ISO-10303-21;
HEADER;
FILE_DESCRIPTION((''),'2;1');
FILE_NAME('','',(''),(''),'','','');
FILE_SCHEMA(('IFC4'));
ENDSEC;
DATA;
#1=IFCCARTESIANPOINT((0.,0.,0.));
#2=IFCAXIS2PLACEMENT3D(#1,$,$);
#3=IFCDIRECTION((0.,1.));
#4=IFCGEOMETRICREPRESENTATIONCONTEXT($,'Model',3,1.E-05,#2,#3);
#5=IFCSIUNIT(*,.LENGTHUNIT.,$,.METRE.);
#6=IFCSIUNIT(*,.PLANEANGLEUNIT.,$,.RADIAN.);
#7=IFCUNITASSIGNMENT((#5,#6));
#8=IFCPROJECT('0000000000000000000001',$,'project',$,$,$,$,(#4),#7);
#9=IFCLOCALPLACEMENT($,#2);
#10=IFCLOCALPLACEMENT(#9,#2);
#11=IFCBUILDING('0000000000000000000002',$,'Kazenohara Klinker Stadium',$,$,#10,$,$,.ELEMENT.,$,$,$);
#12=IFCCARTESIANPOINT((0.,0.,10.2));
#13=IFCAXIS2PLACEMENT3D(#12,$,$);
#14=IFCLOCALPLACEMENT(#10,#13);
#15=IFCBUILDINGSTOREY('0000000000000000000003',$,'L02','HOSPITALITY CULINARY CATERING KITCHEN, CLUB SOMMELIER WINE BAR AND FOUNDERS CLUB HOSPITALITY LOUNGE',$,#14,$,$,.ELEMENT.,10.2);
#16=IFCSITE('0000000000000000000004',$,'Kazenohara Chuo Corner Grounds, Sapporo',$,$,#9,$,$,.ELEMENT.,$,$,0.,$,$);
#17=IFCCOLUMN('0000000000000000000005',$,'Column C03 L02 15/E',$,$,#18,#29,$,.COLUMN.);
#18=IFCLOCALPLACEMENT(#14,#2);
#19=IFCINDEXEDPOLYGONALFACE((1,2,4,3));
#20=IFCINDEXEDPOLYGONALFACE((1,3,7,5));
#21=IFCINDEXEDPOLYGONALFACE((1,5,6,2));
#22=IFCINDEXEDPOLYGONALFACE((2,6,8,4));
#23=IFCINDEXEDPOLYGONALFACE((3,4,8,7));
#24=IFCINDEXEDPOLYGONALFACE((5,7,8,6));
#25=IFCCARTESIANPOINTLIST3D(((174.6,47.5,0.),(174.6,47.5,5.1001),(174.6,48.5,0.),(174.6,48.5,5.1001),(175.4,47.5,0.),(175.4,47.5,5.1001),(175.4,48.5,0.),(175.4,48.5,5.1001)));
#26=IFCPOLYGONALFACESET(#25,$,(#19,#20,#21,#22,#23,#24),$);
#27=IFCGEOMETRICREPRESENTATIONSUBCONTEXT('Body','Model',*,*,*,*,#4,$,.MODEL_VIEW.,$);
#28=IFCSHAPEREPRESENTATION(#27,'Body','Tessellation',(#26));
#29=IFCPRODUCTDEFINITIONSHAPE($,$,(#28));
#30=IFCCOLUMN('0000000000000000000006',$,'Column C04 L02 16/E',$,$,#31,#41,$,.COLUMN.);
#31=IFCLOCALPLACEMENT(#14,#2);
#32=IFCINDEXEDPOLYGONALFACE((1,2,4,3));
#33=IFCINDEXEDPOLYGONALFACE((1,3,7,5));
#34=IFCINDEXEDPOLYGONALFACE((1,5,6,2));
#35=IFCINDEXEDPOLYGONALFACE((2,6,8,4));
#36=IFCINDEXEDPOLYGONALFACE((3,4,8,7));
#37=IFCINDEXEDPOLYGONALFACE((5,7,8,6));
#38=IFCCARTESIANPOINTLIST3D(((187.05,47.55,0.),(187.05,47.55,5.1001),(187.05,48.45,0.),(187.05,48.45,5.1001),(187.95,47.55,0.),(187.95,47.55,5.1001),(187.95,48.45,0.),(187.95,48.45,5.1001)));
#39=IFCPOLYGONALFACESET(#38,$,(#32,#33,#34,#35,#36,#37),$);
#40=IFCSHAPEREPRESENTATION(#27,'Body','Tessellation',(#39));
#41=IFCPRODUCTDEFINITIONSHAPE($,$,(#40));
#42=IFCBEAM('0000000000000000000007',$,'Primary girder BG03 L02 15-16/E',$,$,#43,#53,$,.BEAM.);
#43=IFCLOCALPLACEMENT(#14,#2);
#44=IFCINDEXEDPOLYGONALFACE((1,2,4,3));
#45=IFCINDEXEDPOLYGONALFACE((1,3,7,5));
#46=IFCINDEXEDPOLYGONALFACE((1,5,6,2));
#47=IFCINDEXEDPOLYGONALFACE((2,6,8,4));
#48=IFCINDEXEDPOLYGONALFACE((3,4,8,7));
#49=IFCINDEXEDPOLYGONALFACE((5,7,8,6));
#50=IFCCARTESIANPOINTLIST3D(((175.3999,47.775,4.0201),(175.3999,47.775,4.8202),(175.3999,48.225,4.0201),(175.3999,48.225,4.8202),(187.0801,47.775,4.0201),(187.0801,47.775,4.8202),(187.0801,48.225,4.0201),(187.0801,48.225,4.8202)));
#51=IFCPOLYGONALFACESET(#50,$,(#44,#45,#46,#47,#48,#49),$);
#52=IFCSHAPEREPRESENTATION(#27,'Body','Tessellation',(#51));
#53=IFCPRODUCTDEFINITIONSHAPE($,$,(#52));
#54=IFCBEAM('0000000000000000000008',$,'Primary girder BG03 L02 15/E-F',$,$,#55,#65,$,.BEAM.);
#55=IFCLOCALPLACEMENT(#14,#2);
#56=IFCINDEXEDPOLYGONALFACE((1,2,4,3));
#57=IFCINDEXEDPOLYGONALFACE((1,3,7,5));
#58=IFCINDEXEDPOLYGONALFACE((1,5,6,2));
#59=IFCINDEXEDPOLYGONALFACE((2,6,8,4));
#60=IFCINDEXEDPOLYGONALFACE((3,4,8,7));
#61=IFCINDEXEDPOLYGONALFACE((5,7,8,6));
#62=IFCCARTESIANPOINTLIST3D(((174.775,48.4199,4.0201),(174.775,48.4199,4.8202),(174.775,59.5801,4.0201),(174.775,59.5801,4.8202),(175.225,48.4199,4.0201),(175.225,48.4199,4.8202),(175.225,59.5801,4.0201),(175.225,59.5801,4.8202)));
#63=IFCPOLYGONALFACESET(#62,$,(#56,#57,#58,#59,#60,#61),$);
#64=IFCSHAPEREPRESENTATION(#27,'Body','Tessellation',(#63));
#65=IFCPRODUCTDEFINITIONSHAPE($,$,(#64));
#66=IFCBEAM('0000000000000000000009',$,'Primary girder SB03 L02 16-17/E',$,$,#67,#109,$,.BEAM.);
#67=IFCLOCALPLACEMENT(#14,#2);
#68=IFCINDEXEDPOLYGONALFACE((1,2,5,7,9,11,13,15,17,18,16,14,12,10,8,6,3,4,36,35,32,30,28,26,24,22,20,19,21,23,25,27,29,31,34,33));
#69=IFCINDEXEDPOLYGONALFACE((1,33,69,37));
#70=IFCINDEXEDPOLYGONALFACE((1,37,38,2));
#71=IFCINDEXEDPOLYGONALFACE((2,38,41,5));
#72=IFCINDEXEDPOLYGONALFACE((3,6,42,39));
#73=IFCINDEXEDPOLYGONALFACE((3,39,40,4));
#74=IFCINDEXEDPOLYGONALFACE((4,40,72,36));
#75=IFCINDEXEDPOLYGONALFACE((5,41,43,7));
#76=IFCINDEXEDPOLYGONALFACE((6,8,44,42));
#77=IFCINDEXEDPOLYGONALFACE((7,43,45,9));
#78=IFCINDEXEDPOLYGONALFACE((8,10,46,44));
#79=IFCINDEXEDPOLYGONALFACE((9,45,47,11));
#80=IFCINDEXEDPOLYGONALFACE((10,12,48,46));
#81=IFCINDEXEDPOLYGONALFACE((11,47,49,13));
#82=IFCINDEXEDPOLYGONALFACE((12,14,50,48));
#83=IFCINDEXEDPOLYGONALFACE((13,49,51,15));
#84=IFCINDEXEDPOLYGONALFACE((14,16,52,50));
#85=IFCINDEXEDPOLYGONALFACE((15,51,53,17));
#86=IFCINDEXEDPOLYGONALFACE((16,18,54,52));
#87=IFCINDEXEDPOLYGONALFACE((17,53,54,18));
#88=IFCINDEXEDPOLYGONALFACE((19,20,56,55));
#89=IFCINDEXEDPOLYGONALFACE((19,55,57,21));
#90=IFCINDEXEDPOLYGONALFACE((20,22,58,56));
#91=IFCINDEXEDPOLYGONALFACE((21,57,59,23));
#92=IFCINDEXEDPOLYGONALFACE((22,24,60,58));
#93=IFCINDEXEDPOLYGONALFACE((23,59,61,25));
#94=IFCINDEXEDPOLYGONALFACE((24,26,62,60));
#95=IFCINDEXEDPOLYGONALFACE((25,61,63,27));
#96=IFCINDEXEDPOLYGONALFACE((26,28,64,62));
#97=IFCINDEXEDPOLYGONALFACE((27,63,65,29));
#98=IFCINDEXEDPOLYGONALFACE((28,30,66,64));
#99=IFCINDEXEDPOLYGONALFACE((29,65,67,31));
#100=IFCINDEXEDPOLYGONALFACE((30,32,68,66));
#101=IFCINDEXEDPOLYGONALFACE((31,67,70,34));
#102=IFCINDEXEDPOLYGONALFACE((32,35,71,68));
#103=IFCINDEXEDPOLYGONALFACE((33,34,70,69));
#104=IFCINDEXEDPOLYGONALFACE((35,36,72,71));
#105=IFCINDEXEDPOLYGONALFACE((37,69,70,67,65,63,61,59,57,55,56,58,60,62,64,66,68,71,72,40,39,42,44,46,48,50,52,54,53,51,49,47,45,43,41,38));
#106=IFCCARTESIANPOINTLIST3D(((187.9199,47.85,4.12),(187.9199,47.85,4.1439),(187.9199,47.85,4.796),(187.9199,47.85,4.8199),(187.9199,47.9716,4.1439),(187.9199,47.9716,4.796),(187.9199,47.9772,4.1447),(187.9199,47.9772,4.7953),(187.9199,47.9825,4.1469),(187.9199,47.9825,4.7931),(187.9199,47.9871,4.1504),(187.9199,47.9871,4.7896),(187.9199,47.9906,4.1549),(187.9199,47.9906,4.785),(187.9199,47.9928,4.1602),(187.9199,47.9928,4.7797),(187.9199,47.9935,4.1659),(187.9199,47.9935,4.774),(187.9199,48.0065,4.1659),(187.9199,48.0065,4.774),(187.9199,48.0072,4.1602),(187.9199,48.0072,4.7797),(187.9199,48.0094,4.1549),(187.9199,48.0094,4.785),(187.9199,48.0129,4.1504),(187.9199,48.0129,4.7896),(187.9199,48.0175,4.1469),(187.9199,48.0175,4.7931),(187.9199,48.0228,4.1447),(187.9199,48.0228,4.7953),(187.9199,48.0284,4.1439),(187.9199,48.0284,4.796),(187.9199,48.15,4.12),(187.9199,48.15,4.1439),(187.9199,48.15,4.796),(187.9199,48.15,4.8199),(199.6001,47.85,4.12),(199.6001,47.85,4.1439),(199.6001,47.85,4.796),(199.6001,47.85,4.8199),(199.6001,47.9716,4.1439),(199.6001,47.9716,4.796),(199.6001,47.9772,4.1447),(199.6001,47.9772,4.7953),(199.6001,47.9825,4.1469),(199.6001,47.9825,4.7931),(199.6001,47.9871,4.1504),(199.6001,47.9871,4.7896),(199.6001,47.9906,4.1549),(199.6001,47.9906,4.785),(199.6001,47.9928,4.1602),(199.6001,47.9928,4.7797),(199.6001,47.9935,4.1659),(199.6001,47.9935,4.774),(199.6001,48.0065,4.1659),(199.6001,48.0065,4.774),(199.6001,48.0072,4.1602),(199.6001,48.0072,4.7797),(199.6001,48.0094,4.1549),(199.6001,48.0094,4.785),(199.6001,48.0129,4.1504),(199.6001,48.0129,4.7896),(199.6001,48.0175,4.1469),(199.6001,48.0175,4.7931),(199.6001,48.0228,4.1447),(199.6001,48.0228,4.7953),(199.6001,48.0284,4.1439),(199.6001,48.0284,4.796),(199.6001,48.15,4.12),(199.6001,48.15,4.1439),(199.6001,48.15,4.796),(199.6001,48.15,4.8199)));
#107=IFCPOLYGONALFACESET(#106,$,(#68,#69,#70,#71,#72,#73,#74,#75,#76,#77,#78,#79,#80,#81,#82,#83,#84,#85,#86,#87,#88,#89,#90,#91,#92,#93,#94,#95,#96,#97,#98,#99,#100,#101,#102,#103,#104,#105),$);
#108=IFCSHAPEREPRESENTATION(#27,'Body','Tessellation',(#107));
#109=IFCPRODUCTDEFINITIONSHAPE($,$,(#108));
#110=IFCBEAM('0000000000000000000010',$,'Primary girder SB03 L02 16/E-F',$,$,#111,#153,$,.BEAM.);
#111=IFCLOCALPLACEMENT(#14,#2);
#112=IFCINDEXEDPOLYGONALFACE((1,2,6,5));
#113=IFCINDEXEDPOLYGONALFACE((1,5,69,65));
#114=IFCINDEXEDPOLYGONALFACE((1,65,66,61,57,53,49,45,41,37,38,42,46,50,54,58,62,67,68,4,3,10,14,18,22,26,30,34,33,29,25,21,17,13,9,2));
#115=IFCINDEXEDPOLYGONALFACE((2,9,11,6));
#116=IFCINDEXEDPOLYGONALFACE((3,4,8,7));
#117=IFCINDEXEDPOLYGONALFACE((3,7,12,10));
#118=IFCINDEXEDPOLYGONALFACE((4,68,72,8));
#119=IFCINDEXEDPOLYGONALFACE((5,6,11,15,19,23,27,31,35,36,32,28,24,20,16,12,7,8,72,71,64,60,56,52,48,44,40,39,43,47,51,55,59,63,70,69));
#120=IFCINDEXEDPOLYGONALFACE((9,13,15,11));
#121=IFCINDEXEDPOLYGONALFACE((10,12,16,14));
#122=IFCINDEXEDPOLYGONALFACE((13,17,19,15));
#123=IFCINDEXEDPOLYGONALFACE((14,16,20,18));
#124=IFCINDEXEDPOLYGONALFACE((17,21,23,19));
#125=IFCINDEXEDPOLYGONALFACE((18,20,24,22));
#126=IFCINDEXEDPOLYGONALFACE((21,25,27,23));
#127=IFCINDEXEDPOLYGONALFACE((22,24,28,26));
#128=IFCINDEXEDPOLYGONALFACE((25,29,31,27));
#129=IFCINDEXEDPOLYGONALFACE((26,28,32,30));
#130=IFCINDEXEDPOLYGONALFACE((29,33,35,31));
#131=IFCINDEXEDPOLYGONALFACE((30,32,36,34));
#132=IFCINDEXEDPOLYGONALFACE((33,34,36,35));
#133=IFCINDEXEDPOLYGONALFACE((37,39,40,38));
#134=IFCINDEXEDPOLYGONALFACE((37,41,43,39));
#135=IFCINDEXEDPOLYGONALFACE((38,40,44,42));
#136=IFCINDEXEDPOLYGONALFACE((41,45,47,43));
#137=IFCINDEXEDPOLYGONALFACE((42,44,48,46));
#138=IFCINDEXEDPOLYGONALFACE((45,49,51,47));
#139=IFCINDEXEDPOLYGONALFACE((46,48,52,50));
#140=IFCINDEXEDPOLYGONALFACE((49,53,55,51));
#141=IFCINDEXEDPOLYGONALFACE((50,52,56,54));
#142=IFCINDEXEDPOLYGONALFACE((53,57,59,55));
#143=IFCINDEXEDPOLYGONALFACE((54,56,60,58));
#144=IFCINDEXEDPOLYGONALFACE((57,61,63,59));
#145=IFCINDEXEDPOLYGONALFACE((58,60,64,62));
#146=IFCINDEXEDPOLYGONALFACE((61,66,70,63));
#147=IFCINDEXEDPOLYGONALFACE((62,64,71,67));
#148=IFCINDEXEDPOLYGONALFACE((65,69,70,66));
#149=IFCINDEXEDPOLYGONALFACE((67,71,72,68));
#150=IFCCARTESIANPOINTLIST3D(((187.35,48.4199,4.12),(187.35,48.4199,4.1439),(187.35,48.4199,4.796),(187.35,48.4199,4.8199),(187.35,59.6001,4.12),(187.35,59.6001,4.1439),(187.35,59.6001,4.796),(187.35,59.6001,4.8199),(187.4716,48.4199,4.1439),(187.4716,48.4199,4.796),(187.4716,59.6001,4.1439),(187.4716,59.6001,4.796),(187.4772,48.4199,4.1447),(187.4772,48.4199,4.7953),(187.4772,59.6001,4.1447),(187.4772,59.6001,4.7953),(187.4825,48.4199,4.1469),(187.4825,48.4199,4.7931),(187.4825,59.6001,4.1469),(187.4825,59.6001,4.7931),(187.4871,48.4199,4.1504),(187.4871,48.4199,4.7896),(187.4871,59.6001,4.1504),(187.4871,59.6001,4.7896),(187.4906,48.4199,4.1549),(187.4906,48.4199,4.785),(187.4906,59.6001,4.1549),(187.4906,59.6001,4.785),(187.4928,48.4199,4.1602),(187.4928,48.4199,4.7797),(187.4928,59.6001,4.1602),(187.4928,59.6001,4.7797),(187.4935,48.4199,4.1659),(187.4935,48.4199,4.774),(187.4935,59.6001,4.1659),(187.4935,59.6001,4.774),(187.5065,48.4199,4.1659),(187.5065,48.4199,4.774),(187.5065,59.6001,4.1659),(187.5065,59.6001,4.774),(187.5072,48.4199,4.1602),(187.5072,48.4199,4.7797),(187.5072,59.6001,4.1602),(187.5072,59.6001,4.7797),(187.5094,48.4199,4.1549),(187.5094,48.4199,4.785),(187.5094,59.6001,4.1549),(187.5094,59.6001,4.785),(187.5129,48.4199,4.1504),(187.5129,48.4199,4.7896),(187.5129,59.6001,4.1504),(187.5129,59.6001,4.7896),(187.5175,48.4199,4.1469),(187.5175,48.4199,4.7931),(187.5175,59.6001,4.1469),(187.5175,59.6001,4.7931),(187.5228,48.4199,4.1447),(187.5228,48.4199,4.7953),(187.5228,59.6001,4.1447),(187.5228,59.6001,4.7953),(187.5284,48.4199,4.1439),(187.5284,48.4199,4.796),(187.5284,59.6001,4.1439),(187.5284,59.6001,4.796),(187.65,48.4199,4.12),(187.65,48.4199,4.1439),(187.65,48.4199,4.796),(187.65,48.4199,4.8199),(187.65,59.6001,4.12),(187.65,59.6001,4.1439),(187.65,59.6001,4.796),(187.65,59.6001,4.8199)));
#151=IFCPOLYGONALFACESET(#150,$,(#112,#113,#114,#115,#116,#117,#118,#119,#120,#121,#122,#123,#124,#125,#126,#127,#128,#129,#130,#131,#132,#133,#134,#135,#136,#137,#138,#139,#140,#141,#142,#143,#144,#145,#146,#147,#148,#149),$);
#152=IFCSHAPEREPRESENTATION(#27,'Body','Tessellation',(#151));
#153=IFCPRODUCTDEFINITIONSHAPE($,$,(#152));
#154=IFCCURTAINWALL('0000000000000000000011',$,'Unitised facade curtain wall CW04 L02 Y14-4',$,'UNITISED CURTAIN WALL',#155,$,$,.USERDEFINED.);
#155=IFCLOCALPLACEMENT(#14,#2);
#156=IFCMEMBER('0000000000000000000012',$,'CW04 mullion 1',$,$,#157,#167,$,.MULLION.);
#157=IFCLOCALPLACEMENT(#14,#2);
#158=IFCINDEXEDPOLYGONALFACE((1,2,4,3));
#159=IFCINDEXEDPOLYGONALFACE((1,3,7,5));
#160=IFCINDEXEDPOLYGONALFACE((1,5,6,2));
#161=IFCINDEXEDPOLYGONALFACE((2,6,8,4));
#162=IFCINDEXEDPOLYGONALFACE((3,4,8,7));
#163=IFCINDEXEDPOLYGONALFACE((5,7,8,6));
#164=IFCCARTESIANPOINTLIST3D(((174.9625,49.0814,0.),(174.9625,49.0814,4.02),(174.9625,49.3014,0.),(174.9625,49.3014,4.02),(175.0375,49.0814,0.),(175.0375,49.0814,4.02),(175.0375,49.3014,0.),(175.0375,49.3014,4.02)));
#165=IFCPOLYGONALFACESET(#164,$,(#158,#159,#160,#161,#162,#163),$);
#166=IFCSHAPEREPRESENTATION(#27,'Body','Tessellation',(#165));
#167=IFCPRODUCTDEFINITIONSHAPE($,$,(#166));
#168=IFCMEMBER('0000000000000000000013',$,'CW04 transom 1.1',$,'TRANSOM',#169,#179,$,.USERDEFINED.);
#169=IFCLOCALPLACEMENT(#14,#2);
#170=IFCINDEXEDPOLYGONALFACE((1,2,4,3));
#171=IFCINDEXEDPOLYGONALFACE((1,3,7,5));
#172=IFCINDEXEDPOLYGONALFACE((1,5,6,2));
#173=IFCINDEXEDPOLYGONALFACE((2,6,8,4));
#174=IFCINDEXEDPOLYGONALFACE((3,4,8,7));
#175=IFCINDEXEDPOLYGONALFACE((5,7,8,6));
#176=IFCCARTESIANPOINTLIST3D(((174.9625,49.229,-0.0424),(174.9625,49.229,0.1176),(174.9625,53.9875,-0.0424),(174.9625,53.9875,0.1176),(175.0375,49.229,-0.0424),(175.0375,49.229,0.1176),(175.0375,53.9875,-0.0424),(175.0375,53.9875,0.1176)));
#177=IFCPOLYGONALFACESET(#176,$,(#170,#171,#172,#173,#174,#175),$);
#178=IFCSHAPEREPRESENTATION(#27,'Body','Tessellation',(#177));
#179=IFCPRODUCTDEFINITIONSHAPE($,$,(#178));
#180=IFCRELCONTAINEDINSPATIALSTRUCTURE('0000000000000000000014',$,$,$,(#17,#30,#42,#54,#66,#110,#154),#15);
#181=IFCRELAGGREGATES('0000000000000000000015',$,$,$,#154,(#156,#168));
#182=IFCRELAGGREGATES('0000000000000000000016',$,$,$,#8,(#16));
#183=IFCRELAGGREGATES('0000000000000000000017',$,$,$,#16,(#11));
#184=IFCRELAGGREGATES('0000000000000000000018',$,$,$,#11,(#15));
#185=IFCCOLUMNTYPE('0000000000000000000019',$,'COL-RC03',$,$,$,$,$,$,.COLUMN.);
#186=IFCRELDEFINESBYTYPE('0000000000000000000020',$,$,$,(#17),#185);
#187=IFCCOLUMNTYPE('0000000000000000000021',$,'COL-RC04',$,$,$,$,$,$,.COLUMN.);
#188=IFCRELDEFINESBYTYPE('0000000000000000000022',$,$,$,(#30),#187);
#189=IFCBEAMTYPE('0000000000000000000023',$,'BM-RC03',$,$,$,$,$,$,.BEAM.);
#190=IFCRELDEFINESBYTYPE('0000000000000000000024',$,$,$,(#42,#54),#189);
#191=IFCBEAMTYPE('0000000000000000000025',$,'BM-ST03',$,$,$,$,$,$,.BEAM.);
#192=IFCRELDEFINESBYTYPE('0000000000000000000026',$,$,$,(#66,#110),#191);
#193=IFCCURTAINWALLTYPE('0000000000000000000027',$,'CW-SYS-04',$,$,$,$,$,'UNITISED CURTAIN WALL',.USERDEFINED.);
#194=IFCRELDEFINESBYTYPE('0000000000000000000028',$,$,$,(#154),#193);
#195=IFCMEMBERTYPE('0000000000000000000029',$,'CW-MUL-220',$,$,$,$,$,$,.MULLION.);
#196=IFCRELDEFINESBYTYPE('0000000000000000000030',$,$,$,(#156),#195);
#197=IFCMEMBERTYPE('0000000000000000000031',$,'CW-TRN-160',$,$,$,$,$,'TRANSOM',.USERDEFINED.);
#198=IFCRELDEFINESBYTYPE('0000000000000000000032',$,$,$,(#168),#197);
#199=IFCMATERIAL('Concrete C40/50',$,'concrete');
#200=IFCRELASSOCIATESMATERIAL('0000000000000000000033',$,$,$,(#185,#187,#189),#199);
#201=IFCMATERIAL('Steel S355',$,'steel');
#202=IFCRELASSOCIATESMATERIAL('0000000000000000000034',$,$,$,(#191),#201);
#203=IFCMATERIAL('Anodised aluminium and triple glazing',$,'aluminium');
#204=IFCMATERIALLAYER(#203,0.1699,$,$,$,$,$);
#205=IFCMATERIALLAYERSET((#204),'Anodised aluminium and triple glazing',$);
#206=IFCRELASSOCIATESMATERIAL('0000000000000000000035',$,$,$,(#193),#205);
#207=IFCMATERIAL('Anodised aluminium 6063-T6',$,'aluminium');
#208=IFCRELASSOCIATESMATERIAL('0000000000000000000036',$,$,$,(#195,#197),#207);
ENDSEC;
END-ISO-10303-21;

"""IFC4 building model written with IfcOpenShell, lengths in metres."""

from ifc_helpers import new_model, si_unit, direction, frame, origin, origin_2d, place, context, subcontext, project, spatial, rectangle, i_section, extrude, material, layer, layer_set, material_profile, profile_set, type_object, element, aggregate, save


model = new_model("IFC4")

# Units and contexts
model_context = context("Model", 3, precision=1e-05, world=origin(), true_north=direction((0.0, 1.0)))
body_context = subcontext(model_context, "Body", "Model", "MODEL_VIEW")
ifc_project = project(units=[si_unit("LENGTHUNIT", "METRE"), si_unit("PLANEANGLEUNIT", "RADIAN")], contexts=[model_context])

# Site, building, storey
site_placement = place(None, origin())
site = spatial("IfcSite", under=ifc_project, at=site_placement, Name="Kazenohara Chuo Corner Grounds, Sapporo", CompositionType="ELEMENT", RefElevation=0.0)
building_placement = place(site_placement, origin())
building = spatial("IfcBuilding", under=site, at=building_placement, Name="Kazenohara Klinker Stadium", CompositionType="ELEMENT")
storey_placement = place(building_placement, frame((0.0, 0.0, 10.2)))
storey = spatial("IfcBuildingStorey", under=building, at=storey_placement, Name="L02", Description="HOSPITALITY CULINARY CATERING KITCHEN, CLUB SOMMELIER WINE BAR AND FOUNDERS CLUB HOSPITALITY LOUNGE", CompositionType="ELEMENT", Elevation=10.2)

# Columns
ifc_material_1 = material(Name="Concrete C40/50", Category="concrete")
ifc_material_profile_1 = material_profile(ifc_material_1, rectangle(XDim=0.8, YDim=1.0, at=origin_2d()), Name="RC-COL-1000x800")
ifc_profile_set_1 = profile_set([ifc_material_profile_1], Name="Concrete C40/50")
column_type_1 = type_object("IfcColumnType", Name="COL-RC03", PredefinedType="COLUMN", material=ifc_profile_set_1)
column_1_placement = place(storey_placement, frame((175.0, 48.0, 0.0), z_axis=(0.0, 0.0, 1.0), x_axis=(1.0, 0.0, 0.0)))
element("IfcColumn", 1, at=column_1_placement, inside=storey, type_object=column_type_1, Name="Column C03 L02 15/E", PredefinedType="COLUMN", context=body_context, shape_type="SweptSolid", body=[
    extrude(rectangle(XDim=0.8, YDim=1.0, at=origin_2d()), origin(), (0.0, 0.0, 1.0), 5.1001),
])
ifc_material_profile_2 = material_profile(ifc_material_1, rectangle(XDim=0.8999, YDim=0.8999, at=origin_2d()), Name="RC-COL-900x900")
ifc_profile_set_2 = profile_set([ifc_material_profile_2], Name="Concrete C40/50")
column_type_2 = type_object("IfcColumnType", Name="COL-RC04", PredefinedType="COLUMN", material=ifc_profile_set_2)
column_2_placement = place(storey_placement, frame((187.5, 48.0, 0.0), z_axis=(0.0, 0.0, 1.0), x_axis=(1.0, 0.0, 0.0)))
element("IfcColumn", 2, at=column_2_placement, inside=storey, type_object=column_type_2, Name="Column C04 L02 16/E", PredefinedType="COLUMN", context=body_context, shape_type="SweptSolid", body=[
    extrude(rectangle(XDim=0.8999, YDim=0.8999, at=origin_2d()), origin(), (0.0, 0.0, 1.0), 5.1001),
])

# Beams
ifc_material_profile_3 = material_profile(ifc_material_1, rectangle(XDim=0.45, YDim=0.8, at=origin_2d()), Name="RC-BM-450x800")
ifc_profile_set_3 = profile_set([ifc_material_profile_3], Name="Concrete C40/50")
beam_type_1 = type_object("IfcBeamType", Name="BM-RC03", PredefinedType="BEAM", material=ifc_profile_set_3)
beam_1_placement = place(storey_placement, frame((175.3999, 48.0, 4.4202), z_axis=(1.0, 0.0, 0.0), x_axis=(0.0, 1.0, 0.0)))
element("IfcBeam", 3, at=beam_1_placement, inside=storey, type_object=beam_type_1, Name="Primary girder BG03 L02 15-16/E", PredefinedType="BEAM", context=body_context, shape_type="SweptSolid", body=[
    extrude(rectangle(XDim=0.45, YDim=0.8, at=origin_2d()), origin(), (0.0, 0.0, 1.0), 11.6802),
])
beam_2_placement = place(storey_placement, frame((175.0, 48.4199, 4.4202), z_axis=(0.0, 1.0, 0.0), x_axis=(-1.0, 0.0, 0.0)))
element("IfcBeam", 4, at=beam_2_placement, inside=storey, type_object=beam_type_1, Name="Primary girder BG03 L02 15/E-F", PredefinedType="BEAM", context=body_context, shape_type="SweptSolid", body=[
    extrude(rectangle(XDim=0.45, YDim=0.8, at=origin_2d()), origin(), (0.0, 0.0, 1.0), 11.1602),
])
ifc_material_2 = material(Name="Steel S355", Category="steel")
ifc_material_profile_4 = material_profile(ifc_material_2, i_section(OverallWidth=0.3, OverallDepth=0.7, WebThickness=0.0129, FlangeThickness=0.0239, FilletRadius=0.022, at=origin_2d()), Name="H-700x300x13x24")
ifc_profile_set_4 = profile_set([ifc_material_profile_4], Name="Steel S355")
beam_type_2 = type_object("IfcBeamType", Name="BM-ST03", PredefinedType="BEAM", material=ifc_profile_set_4)
beam_3_placement = place(storey_placement, frame((187.9199, 48.0, 4.47), z_axis=(1.0, 0.0, 0.0), x_axis=(0.0, 1.0, 0.0)))
element("IfcBeam", 5, at=beam_3_placement, inside=storey, type_object=beam_type_2, Name="Primary girder SB03 L02 16-17/E", PredefinedType="BEAM", context=body_context, shape_type="SweptSolid", body=[
    extrude(i_section(OverallWidth=0.3, OverallDepth=0.7, WebThickness=0.0129, FlangeThickness=0.0239, FilletRadius=0.022, at=origin_2d()), origin(), (0.0, 0.0, 1.0), 11.6802),
])
beam_4_placement = place(storey_placement, frame((187.5, 48.4199, 4.47), z_axis=(0.0, 1.0, 0.0), x_axis=(-1.0, 0.0, 0.0)))
element("IfcBeam", 6, at=beam_4_placement, inside=storey, type_object=beam_type_2, Name="Primary girder SB03 L02 16/E-F", PredefinedType="BEAM", context=body_context, shape_type="SweptSolid", body=[
    extrude(i_section(OverallWidth=0.3, OverallDepth=0.7, WebThickness=0.0129, FlangeThickness=0.0239, FilletRadius=0.022, at=origin_2d()), origin(), (0.0, 0.0, 1.0), 11.1802),
])

# Curtain wall, members
ifc_material_3 = material(Name="Anodised aluminium and triple glazing", Category="aluminium")
ifc_layer_1 = layer(ifc_material_3, 0.1699)
ifc_layer_set_1 = layer_set([ifc_layer_1], Name="Anodised aluminium and triple glazing")
curtain_wall_type = type_object("IfcCurtainWallType", Name="CW-SYS-04", ElementType="UNITISED CURTAIN WALL", PredefinedType="USERDEFINED", material=ifc_layer_set_1)
curtain_wall_placement = place(storey_placement, origin())
curtain_wall = element("IfcCurtainWall", 7, at=curtain_wall_placement, inside=storey, type_object=curtain_wall_type, Name="Unitised facade curtain wall CW04 L02 Y14-4", ObjectType="UNITISED CURTAIN WALL", PredefinedType="USERDEFINED")
ifc_material_4 = material(Name="Anodised aluminium 6063-T6", Category="aluminium")
ifc_material_profile_5 = material_profile(ifc_material_4, rectangle(XDim=0.075, YDim=0.22, at=origin_2d()), Name="ALU-MUL-75x220")
ifc_profile_set_5 = profile_set([ifc_material_profile_5], Name="Anodised aluminium 6063-T6")
member_type_1 = type_object("IfcMemberType", Name="CW-MUL-220", PredefinedType="MULLION", material=ifc_profile_set_5)
member_1_placement = place(storey_placement, frame((175.0, 49.1914, 0.0), z_axis=(0.0, 0.0, 1.0), x_axis=(-1.0, 0.0, 0.0)))
member_1 = element("IfcMember", 8, at=member_1_placement, type_object=member_type_1, Name="CW04 mullion 1", PredefinedType="MULLION", context=body_context, shape_type="SweptSolid", body=[
    extrude(rectangle(XDim=0.075, YDim=0.22, at=origin_2d()), origin(), (0.0, 0.0, 1.0), 4.02),
])
ifc_material_profile_6 = material_profile(ifc_material_4, rectangle(XDim=0.075, YDim=0.1599, at=origin_2d()), Name="ALU-TRN-75x160")
ifc_profile_set_6 = profile_set([ifc_material_profile_6], Name="Anodised aluminium 6063-T6")
member_type_2 = type_object("IfcMemberType", Name="CW-TRN-160", ElementType="TRANSOM", PredefinedType="USERDEFINED", material=ifc_profile_set_6)
member_2_placement = place(storey_placement, frame((175.0, 49.229, 0.0376), z_axis=(0.0, 1.0, 0.0), x_axis=(-1.0, 0.0, 0.0)))
member_2 = element("IfcMember", 9, at=member_2_placement, type_object=member_type_2, Name="CW04 transom 1.1", ObjectType="TRANSOM", PredefinedType="USERDEFINED", context=body_context, shape_type="SweptSolid", body=[
    extrude(rectangle(XDim=0.075, YDim=0.1599, at=origin_2d()), origin(), (0.0, 0.0, 1.0), 4.7585),
])

aggregate(curtain_wall, [member_1, member_2])

save(model, "model.ifc")
